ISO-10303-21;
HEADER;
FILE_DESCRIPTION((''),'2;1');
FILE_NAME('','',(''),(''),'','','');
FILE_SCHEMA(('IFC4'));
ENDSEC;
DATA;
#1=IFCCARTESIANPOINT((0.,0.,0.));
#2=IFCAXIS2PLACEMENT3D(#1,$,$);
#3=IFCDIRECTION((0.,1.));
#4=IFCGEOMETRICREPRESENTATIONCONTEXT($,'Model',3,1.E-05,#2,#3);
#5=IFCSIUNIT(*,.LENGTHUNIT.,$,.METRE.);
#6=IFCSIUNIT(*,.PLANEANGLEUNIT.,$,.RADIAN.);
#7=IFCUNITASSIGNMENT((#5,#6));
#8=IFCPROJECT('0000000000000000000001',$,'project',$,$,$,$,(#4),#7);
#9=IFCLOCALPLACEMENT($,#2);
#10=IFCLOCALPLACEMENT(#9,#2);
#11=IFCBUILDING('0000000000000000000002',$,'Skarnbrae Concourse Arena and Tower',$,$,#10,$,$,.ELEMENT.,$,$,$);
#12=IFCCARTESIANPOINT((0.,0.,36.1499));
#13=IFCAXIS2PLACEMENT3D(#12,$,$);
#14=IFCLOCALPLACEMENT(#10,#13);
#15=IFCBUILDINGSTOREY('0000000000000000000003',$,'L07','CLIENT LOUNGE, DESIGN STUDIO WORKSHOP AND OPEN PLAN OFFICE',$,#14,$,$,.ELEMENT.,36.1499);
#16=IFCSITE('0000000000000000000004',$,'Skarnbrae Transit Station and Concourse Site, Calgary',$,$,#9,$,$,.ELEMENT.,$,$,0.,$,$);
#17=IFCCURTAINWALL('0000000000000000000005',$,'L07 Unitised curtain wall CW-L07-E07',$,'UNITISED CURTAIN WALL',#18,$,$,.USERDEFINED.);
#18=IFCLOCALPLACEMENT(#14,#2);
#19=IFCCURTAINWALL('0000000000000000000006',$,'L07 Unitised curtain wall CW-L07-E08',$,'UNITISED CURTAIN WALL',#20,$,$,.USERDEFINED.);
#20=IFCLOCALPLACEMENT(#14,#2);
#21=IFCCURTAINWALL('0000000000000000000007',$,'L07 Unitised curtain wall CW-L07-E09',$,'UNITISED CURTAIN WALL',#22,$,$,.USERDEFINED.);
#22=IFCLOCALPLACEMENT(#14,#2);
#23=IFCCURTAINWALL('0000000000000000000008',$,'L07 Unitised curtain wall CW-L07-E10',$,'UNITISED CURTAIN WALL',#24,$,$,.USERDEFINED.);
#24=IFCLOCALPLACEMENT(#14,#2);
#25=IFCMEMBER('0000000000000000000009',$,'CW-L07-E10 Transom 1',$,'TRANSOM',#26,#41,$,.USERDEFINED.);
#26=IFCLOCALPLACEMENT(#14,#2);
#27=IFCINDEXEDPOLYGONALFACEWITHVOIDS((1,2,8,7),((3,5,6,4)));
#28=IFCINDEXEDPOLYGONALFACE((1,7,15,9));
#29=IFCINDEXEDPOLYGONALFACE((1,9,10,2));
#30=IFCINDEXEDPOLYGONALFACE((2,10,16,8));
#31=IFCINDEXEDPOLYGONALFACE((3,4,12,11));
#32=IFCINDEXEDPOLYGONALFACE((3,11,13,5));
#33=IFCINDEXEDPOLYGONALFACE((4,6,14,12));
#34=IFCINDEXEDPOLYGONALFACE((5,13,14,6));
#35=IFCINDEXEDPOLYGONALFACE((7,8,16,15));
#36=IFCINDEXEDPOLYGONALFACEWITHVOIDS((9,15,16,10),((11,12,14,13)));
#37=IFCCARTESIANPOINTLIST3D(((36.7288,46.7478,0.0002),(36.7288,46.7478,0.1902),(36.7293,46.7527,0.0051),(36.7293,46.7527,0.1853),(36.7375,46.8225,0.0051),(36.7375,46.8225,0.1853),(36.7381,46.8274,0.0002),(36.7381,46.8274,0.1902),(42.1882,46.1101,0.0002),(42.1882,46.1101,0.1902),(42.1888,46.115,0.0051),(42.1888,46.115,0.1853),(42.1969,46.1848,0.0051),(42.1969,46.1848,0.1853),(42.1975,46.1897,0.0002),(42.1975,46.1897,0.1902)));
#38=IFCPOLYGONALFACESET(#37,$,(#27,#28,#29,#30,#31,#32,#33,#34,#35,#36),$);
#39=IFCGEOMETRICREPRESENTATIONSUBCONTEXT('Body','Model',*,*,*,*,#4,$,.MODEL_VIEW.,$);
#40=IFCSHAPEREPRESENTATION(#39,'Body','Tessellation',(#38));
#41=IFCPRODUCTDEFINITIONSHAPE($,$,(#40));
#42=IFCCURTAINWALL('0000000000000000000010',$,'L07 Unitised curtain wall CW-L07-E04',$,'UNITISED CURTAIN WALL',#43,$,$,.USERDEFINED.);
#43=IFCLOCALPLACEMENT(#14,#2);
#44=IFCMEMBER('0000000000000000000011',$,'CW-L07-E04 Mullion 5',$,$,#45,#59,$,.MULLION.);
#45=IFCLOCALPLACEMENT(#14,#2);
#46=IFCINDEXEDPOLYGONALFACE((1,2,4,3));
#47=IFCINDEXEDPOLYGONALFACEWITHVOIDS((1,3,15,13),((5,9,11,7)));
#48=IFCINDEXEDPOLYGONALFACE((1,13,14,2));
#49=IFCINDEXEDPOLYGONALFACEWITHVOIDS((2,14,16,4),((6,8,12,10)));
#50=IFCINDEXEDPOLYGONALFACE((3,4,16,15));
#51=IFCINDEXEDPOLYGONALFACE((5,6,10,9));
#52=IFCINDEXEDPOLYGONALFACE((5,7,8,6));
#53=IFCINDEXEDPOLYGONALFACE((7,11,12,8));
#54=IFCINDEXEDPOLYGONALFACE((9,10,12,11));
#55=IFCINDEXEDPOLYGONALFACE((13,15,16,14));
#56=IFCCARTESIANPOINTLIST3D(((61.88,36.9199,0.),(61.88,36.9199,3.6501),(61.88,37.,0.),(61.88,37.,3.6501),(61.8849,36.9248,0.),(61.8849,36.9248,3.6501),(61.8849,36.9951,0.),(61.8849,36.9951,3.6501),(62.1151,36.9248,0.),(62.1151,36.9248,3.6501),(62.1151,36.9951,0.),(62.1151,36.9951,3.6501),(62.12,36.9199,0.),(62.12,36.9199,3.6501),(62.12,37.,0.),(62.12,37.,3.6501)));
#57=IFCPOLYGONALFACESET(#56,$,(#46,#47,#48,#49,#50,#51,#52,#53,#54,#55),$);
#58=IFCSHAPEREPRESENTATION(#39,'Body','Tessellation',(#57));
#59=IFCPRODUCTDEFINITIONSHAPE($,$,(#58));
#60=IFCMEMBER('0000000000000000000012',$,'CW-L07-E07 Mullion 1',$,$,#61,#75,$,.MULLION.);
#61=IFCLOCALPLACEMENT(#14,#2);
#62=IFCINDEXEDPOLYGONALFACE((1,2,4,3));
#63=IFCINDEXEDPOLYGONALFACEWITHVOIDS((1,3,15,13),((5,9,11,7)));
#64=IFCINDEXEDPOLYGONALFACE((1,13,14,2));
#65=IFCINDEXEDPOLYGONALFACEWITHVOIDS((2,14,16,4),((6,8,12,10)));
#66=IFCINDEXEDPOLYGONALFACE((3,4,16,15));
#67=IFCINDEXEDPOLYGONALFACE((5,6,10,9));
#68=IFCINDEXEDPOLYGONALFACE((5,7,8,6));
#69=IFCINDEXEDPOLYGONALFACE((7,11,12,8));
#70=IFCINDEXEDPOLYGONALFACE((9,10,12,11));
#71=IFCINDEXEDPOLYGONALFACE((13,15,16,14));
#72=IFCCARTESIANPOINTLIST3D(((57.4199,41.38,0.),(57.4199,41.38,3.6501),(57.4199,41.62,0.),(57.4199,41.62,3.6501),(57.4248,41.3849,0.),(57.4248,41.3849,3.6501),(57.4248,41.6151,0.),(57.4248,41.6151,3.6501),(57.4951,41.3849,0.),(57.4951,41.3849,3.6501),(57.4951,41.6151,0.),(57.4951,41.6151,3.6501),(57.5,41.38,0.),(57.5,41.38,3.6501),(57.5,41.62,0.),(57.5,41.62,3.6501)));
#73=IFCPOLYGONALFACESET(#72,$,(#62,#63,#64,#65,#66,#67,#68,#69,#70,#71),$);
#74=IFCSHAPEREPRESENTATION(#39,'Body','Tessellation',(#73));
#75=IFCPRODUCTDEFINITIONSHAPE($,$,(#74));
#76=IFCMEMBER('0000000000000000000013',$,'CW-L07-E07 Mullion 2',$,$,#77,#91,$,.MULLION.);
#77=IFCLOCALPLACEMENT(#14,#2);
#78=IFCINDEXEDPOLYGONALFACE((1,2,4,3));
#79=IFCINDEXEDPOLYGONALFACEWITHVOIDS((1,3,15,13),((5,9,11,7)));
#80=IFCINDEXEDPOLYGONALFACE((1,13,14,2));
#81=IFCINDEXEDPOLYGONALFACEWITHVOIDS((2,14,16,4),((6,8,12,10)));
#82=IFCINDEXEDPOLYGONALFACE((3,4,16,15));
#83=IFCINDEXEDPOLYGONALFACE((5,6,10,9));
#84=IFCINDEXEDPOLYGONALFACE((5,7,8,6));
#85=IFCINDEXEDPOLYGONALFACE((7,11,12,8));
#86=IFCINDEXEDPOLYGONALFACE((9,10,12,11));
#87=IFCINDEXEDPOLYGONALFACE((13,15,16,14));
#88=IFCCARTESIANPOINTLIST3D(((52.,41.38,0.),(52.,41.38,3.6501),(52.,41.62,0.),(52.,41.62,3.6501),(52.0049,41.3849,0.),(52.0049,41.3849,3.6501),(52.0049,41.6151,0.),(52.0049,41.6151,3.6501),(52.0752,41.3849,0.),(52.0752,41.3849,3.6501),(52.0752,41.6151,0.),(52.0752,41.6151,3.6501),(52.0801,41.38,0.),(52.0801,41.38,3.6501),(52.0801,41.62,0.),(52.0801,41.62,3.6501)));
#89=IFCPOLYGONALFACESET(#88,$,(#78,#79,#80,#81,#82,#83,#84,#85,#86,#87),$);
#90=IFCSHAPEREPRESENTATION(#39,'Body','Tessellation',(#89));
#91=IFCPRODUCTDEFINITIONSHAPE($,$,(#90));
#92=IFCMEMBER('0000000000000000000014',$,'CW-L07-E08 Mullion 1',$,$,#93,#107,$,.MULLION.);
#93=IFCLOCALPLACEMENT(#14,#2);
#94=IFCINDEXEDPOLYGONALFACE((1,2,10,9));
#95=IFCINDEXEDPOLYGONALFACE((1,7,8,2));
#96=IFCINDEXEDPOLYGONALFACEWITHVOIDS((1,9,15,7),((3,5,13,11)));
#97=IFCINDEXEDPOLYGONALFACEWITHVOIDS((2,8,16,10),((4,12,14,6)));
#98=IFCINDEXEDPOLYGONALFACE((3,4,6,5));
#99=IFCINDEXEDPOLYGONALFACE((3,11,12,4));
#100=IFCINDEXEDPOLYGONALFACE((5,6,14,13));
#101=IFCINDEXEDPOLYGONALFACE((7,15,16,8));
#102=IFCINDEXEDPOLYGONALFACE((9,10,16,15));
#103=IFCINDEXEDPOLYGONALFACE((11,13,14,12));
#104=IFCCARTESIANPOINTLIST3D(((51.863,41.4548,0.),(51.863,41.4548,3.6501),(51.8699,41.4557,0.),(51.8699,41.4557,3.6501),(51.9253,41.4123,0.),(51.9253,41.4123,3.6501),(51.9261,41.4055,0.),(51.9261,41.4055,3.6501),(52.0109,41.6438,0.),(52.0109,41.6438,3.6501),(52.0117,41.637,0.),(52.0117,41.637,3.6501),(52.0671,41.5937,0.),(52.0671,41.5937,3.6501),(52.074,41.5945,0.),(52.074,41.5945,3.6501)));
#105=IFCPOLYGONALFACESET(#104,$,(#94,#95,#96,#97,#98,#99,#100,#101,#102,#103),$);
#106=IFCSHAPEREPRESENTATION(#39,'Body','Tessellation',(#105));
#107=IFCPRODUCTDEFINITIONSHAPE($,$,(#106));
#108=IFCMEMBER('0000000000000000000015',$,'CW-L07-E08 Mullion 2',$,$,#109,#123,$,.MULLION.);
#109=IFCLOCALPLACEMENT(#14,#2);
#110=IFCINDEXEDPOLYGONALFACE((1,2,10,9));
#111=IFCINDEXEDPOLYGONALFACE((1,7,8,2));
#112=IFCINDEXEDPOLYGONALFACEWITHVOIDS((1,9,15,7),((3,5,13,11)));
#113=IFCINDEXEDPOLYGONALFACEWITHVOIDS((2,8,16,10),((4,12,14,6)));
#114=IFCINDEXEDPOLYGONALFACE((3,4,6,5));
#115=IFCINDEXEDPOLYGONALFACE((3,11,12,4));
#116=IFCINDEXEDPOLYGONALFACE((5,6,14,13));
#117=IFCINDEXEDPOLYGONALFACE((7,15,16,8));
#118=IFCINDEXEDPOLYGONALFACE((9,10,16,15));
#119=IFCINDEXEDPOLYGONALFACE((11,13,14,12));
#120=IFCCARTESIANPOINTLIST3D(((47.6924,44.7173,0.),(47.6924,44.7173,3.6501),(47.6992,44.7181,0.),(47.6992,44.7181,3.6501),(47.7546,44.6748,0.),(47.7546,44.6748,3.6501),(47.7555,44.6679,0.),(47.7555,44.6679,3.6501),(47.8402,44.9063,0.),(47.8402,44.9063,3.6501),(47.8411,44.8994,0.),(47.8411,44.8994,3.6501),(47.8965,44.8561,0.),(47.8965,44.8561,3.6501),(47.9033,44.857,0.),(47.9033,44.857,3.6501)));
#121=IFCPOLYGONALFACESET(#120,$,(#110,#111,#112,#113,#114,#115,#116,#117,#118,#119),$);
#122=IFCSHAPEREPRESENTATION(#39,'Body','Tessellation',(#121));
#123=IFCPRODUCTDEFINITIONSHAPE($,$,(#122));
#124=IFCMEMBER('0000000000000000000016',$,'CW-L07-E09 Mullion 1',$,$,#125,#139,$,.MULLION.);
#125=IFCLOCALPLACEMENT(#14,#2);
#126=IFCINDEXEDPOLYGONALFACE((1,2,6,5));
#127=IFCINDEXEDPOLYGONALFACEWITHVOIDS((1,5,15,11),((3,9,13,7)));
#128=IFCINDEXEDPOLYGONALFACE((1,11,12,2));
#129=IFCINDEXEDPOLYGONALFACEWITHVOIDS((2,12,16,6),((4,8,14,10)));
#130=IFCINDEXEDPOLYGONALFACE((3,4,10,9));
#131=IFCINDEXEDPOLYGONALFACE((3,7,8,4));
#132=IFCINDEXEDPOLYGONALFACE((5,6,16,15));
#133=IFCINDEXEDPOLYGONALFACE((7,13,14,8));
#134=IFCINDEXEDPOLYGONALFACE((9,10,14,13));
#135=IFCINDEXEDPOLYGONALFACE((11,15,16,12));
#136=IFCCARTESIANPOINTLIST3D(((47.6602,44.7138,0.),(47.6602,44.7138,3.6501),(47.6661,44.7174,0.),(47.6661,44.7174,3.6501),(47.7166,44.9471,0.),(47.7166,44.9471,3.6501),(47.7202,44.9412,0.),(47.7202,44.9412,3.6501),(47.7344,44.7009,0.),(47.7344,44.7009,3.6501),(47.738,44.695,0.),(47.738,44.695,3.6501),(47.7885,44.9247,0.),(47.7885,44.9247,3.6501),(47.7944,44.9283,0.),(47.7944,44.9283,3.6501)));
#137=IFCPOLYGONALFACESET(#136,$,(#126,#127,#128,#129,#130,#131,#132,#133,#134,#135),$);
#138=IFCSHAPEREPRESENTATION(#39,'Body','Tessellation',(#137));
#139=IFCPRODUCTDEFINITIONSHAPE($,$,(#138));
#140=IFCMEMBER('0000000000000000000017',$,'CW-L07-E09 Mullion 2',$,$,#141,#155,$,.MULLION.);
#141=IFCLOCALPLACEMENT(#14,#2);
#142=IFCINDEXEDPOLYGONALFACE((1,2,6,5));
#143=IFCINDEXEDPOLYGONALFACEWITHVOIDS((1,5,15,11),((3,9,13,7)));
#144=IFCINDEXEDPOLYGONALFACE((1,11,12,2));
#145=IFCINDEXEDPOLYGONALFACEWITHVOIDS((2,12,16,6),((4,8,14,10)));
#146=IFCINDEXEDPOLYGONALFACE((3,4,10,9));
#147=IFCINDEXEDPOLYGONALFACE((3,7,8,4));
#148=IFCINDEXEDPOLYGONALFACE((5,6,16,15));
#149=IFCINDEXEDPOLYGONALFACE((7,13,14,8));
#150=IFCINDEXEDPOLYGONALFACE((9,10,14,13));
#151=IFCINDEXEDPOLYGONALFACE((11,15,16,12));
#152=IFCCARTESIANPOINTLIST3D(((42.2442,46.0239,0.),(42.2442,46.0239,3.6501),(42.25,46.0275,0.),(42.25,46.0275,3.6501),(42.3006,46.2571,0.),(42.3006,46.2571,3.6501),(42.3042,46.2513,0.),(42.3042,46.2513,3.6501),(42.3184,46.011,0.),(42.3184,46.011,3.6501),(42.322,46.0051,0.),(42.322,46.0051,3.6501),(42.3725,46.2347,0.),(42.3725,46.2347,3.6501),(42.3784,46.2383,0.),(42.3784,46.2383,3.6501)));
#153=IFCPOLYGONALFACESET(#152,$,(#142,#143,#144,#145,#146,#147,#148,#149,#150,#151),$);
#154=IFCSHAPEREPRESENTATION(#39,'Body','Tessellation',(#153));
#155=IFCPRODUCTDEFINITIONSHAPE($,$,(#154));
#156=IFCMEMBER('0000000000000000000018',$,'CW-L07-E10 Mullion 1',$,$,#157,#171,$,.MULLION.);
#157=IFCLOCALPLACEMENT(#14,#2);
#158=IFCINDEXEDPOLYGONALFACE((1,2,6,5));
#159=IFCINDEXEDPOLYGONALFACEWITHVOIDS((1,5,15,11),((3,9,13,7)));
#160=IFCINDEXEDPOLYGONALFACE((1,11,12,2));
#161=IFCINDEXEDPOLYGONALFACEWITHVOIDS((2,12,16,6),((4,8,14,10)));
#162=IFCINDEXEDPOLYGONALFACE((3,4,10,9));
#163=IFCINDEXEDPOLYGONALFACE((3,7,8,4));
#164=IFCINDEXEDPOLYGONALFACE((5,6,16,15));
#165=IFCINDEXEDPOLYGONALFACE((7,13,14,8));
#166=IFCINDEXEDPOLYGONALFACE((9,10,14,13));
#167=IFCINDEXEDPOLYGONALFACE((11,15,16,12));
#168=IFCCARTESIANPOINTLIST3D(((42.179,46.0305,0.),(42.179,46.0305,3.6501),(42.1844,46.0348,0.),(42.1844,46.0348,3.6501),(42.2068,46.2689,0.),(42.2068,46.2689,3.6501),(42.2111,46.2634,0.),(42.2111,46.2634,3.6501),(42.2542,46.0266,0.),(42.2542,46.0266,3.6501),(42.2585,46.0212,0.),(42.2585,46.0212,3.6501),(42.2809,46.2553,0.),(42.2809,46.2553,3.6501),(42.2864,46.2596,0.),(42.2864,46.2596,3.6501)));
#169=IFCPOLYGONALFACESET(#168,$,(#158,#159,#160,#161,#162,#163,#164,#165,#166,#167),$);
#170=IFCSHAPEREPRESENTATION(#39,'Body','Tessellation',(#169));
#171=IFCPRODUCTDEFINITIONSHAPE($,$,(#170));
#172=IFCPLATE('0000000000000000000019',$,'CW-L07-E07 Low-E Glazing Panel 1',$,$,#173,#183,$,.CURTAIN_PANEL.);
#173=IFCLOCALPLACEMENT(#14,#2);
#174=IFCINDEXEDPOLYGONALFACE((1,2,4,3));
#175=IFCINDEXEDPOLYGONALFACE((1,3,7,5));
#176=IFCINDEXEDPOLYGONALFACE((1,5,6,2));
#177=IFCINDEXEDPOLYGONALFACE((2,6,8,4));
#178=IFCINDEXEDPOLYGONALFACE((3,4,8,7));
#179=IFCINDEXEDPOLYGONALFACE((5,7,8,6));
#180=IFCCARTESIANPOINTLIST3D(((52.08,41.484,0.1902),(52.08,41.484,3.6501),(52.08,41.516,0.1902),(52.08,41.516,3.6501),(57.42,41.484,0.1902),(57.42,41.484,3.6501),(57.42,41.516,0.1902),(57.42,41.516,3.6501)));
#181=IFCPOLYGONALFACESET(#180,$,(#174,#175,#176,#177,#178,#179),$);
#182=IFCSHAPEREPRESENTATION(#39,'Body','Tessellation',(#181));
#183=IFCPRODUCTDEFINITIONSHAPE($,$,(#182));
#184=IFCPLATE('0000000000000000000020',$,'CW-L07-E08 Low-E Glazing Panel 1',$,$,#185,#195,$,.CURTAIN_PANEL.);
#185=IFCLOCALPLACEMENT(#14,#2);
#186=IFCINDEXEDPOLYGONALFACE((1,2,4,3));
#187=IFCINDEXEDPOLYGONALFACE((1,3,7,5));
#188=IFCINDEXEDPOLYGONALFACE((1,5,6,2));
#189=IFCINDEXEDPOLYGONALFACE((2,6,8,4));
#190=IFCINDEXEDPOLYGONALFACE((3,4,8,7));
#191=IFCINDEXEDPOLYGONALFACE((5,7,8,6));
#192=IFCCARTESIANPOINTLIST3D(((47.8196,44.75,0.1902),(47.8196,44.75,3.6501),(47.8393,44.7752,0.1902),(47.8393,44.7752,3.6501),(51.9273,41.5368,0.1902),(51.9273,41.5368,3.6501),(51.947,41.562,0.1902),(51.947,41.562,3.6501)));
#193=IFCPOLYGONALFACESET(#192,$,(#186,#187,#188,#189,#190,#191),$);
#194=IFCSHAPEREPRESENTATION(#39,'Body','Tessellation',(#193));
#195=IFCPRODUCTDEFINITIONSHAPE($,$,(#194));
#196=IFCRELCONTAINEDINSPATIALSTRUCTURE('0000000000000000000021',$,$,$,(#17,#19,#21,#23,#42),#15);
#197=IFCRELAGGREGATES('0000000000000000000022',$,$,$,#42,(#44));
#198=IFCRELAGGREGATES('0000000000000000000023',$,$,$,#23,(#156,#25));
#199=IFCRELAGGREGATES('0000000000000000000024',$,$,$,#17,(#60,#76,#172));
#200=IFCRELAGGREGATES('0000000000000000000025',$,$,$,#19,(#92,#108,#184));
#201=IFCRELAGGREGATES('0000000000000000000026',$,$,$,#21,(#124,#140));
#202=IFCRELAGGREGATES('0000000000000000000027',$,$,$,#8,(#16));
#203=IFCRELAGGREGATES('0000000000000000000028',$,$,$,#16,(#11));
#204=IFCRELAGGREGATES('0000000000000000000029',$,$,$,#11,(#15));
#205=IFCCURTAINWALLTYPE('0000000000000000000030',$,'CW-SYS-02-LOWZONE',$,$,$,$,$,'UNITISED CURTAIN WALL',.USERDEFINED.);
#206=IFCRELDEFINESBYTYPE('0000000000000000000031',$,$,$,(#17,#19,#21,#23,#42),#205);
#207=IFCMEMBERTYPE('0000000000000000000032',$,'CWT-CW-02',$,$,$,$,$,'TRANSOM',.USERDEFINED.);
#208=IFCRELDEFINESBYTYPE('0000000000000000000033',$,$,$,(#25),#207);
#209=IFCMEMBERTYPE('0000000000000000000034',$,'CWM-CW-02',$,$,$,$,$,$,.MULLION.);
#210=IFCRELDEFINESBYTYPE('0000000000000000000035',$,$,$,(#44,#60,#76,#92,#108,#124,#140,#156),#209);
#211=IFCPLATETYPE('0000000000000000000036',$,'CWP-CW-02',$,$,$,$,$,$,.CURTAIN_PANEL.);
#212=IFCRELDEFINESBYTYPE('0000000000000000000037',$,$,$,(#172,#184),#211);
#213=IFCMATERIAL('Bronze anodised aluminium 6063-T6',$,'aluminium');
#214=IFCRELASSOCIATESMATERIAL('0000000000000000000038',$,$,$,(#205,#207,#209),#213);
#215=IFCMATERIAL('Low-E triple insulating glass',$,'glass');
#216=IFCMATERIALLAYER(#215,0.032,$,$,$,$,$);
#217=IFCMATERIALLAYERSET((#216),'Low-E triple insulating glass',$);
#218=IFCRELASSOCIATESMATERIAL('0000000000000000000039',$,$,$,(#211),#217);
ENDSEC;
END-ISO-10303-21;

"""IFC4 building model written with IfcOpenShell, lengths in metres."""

from ifc_helpers import new_model, si_unit, direction, frame, origin, origin_2d, place, context, subcontext, project, spatial, rectangle, hollow_rectangle, extrude, source, transform, mapped, material, layer, layer_set, material_profile, profile_set, type_object, element, aggregate, save


model = new_model("IFC4")

# Units and contexts
model_context = context("Model", 3, precision=1e-05, world=origin(), true_north=direction((0.0, 1.0)))
body_context = subcontext(model_context, "Body", "Model", "MODEL_VIEW")
ifc_project = project(units=[si_unit("LENGTHUNIT", "METRE"), si_unit("PLANEANGLEUNIT", "RADIAN")], contexts=[model_context])

# Site, building, storey
site_placement = place(None, origin())
site = spatial("IfcSite", under=ifc_project, at=site_placement, Name="Skarnbrae Transit Station and Concourse Site, Calgary", CompositionType="ELEMENT", RefElevation=0.0)
building_placement = place(site_placement, origin())
building = spatial("IfcBuilding", under=site, at=building_placement, Name="Skarnbrae Concourse Arena and Tower", CompositionType="ELEMENT")
storey_placement = place(building_placement, frame((0.0, 0.0, 36.1499)))
storey = spatial("IfcBuildingStorey", under=building, at=storey_placement, Name="L07", Description="CLIENT LOUNGE, DESIGN STUDIO WORKSHOP AND OPEN PLAN OFFICE", CompositionType="ELEMENT", Elevation=36.1499)

# Curtain walls, members
ifc_material_1 = material(Name="Bronze anodised aluminium 6063-T6", Category="aluminium")
curtain_wall_type = type_object("IfcCurtainWallType", Name="CW-SYS-02-LOWZONE", ElementType="UNITISED CURTAIN WALL", PredefinedType="USERDEFINED", material=ifc_material_1)
curtain_wall_1_placement = place(storey_placement, origin())
curtain_wall_1 = element("IfcCurtainWall", 1, at=curtain_wall_1_placement, inside=storey, type_object=curtain_wall_type, Name="L07 Unitised curtain wall CW-L07-E07", ObjectType="UNITISED CURTAIN WALL", PredefinedType="USERDEFINED")
ifc_material_profile_1 = material_profile(ifc_material_1, hollow_rectangle(XDim=0.0801, YDim=0.1899, WallThickness=0.0049, at=origin_2d()), Name="ALU-TRAN-80X190")
ifc_profile_set_1 = profile_set([ifc_material_profile_1], Name="Bronze anodised aluminium 6063-T6")
member_type_1 = type_object("IfcMemberType", Name="CWT-CW-02", ElementType="TRANSOM", PredefinedType="USERDEFINED", material=ifc_profile_set_1)
curtain_wall_2_placement = place(storey_placement, origin())
curtain_wall_2 = element("IfcCurtainWall", 2, at=curtain_wall_2_placement, inside=storey, type_object=curtain_wall_type, Name="L07 Unitised curtain wall CW-L07-E08", ObjectType="UNITISED CURTAIN WALL", PredefinedType="USERDEFINED")
curtain_wall_3_placement = place(storey_placement, origin())
curtain_wall_3 = element("IfcCurtainWall", 3, at=curtain_wall_3_placement, inside=storey, type_object=curtain_wall_type, Name="L07 Unitised curtain wall CW-L07-E09", ObjectType="UNITISED CURTAIN WALL", PredefinedType="USERDEFINED")
curtain_wall_4_placement = place(storey_placement, origin())
curtain_wall_4 = element("IfcCurtainWall", 4, at=curtain_wall_4_placement, inside=storey, type_object=curtain_wall_type, Name="L07 Unitised curtain wall CW-L07-E10", ObjectType="UNITISED CURTAIN WALL", PredefinedType="USERDEFINED")
shared_shape_1 = source(origin(), body_context, "Body", "SweptSolid", [
    extrude(hollow_rectangle(XDim=0.0801, YDim=0.1899, WallThickness=0.0049, at=origin_2d()), origin(), (0.0, 0.0, 1.0), 5.4966),
])
member_1_placement = place(storey_placement, frame((42.1929, 46.1499, 0.0952), z_axis=(-0.993247, 0.116017, 0.0), x_axis=(-0.116017, -0.993247, 0.0)))
member_1 = element("IfcMember", 5, at=member_1_placement, type_object=member_type_1, Name="CW-L07-E10 Transom 1", ObjectType="TRANSOM", PredefinedType="USERDEFINED", context=body_context, shape_type="MappedRepresentation", body=[
    mapped(shared_shape_1, transform((0.0, 0.0, 0.0))),
])
curtain_wall_5_placement = place(storey_placement, origin())
curtain_wall_5 = element("IfcCurtainWall", 6, at=curtain_wall_5_placement, inside=storey, type_object=curtain_wall_type, Name="L07 Unitised curtain wall CW-L07-E04", ObjectType="UNITISED CURTAIN WALL", PredefinedType="USERDEFINED")
ifc_material_profile_2 = material_profile(ifc_material_1, hollow_rectangle(XDim=0.0801, YDim=0.24, WallThickness=0.0049, at=origin_2d()), Name="ALU-MULL-80X240")
ifc_profile_set_2 = profile_set([ifc_material_profile_2], Name="Bronze anodised aluminium 6063-T6")
member_type_2 = type_object("IfcMemberType", Name="CWM-CW-02", PredefinedType="MULLION", material=ifc_profile_set_2)
shared_shape_2 = source(origin(), body_context, "Body", "SweptSolid", [
    extrude(hollow_rectangle(XDim=0.0801, YDim=0.24, WallThickness=0.0049, at=origin_2d()), origin(), (0.0, 0.0, 1.0), 3.6501),
])
member_2_placement = place(storey_placement, frame((62.0, 36.96, 0.0), z_axis=(0.0, 0.0, 1.0), x_axis=(0.0, 1.0, 0.0)))
member_2 = element("IfcMember", 7, at=member_2_placement, type_object=member_type_2, Name="CW-L07-E04 Mullion 5", PredefinedType="MULLION", context=body_context, shape_type="MappedRepresentation", body=[
    mapped(shared_shape_2, transform((0.0, 0.0, 0.0))),
])
aggregate(curtain_wall_5, [member_2])

# Members
member_3_placement = place(storey_placement, frame((57.46, 41.5, 0.0), z_axis=(0.0, 0.0, 1.0), x_axis=(-1.0, 0.0, 0.0)))
member_3 = element("IfcMember", 8, at=member_3_placement, type_object=member_type_2, Name="CW-L07-E07 Mullion 1", PredefinedType="MULLION", context=body_context, shape_type="MappedRepresentation", body=[
    mapped(shared_shape_2, transform((0.0, 0.0, 0.0))),
])
member_4_placement = place(storey_placement, frame((52.04, 41.5, 0.0), z_axis=(0.0, 0.0, 1.0), x_axis=(-1.0, 0.0, 0.0)))
member_4 = element("IfcMember", 9, at=member_4_placement, type_object=member_type_2, Name="CW-L07-E07 Mullion 2", PredefinedType="MULLION", context=body_context, shape_type="MappedRepresentation", body=[
    mapped(shared_shape_2, transform((0.0, 0.0, 0.0))),
])
member_5_placement = place(storey_placement, frame((51.9685, 41.5247, 0.0), z_axis=(0.0, 0.0, 1.0), x_axis=(-0.787652, 0.616121, 0.0)))
member_5 = element("IfcMember", 10, at=member_5_placement, type_object=member_type_2, Name="CW-L07-E08 Mullion 1", PredefinedType="MULLION", context=body_context, shape_type="MappedRepresentation", body=[
    mapped(shared_shape_2, transform((0.0, 0.0, 0.0))),
])
member_6_placement = place(storey_placement, frame((47.7979, 44.7871, 0.0), z_axis=(0.0, 0.0, 1.0), x_axis=(-0.787652, 0.616121, 0.0)))
member_6 = element("IfcMember", 11, at=member_6_placement, type_object=member_type_2, Name="CW-L07-E08 Mullion 2", PredefinedType="MULLION", context=body_context, shape_type="MappedRepresentation", body=[
    mapped(shared_shape_2, transform((0.0, 0.0, 0.0))),
])
member_7_placement = place(storey_placement, frame((47.7273, 44.821, 0.0), z_axis=(0.0, 0.0, 1.0), x_axis=(-0.971974, 0.23509, 0.0)))
member_7 = element("IfcMember", 12, at=member_7_placement, type_object=member_type_2, Name="CW-L07-E09 Mullion 1", PredefinedType="MULLION", context=body_context, shape_type="MappedRepresentation", body=[
    mapped(shared_shape_2, transform((0.0, 0.0, 0.0))),
])
member_8_placement = place(storey_placement, frame((42.3113, 46.1311, 0.0), z_axis=(0.0, 0.0, 1.0), x_axis=(-0.971974, 0.23509, 0.0)))
member_8 = element("IfcMember", 13, at=member_8_placement, type_object=member_type_2, Name="CW-L07-E09 Mullion 2", PredefinedType="MULLION", context=body_context, shape_type="MappedRepresentation", body=[
    mapped(shared_shape_2, transform((0.0, 0.0, 0.0))),
])
member_9_placement = place(storey_placement, frame((42.2327, 46.145, 0.0), z_axis=(0.0, 0.0, 1.0), x_axis=(-0.993245, 0.11604, 0.0)))
member_9 = element("IfcMember", 14, at=member_9_placement, type_object=member_type_2, Name="CW-L07-E10 Mullion 1", PredefinedType="MULLION", context=body_context, shape_type="MappedRepresentation", body=[
    mapped(shared_shape_2, transform((0.0, 0.0, 0.0))),
])
aggregate(curtain_wall_4, [member_9, member_1])

# Plates
ifc_material_2 = material(Name="Low-E triple insulating glass", Category="glass")
ifc_layer_1 = layer(ifc_material_2, 0.032)
ifc_layer_set_1 = layer_set([ifc_layer_1], Name="Low-E triple insulating glass")
plate_type = type_object("IfcPlateType", Name="CWP-CW-02", PredefinedType="CURTAIN_PANEL", material=ifc_layer_set_1)
shared_shape_3 = source(origin(), body_context, "Body", "SweptSolid", [
    extrude(rectangle(XDim=5.3401, YDim=0.032, at=origin_2d()), origin(), (0.0, 0.0, 1.0), 3.46),
])
plate_1_placement = place(storey_placement, frame((54.75, 41.5, 0.1902), z_axis=(0.0, 0.0, 1.0), x_axis=(-1.0, 0.0, 0.0)))
plate_1 = element("IfcPlate", 15, at=plate_1_placement, type_object=plate_type, Name="CW-L07-E07 Low-E Glazing Panel 1", PredefinedType="CURTAIN_PANEL", context=body_context, shape_type="MappedRepresentation", body=[
    mapped(shared_shape_3, transform((0.0, 0.0, 0.0))),
])
aggregate(curtain_wall_1, [member_3, member_4, plate_1])
shared_shape_4 = source(origin(), body_context, "Body", "SweptSolid", [
    extrude(rectangle(XDim=5.2151, YDim=0.032, at=origin_2d()), origin(), (0.0, 0.0, 1.0), 3.46),
])
plate_2_placement = place(storey_placement, frame((49.8833, 43.156, 0.1902), z_axis=(0.0, 0.0, 1.0), x_axis=(-0.787652, 0.616121, 0.0)))
plate_2 = element("IfcPlate", 16, at=plate_2_placement, type_object=plate_type, Name="CW-L07-E08 Low-E Glazing Panel 1", PredefinedType="CURTAIN_PANEL", context=body_context, shape_type="MappedRepresentation", body=[
    mapped(shared_shape_4, transform((0.0, 0.0, 0.0))),
])
aggregate(curtain_wall_2, [member_5, member_6, plate_2])
aggregate(curtain_wall_3, [member_7, member_8])

save(model, "model.ifc")
